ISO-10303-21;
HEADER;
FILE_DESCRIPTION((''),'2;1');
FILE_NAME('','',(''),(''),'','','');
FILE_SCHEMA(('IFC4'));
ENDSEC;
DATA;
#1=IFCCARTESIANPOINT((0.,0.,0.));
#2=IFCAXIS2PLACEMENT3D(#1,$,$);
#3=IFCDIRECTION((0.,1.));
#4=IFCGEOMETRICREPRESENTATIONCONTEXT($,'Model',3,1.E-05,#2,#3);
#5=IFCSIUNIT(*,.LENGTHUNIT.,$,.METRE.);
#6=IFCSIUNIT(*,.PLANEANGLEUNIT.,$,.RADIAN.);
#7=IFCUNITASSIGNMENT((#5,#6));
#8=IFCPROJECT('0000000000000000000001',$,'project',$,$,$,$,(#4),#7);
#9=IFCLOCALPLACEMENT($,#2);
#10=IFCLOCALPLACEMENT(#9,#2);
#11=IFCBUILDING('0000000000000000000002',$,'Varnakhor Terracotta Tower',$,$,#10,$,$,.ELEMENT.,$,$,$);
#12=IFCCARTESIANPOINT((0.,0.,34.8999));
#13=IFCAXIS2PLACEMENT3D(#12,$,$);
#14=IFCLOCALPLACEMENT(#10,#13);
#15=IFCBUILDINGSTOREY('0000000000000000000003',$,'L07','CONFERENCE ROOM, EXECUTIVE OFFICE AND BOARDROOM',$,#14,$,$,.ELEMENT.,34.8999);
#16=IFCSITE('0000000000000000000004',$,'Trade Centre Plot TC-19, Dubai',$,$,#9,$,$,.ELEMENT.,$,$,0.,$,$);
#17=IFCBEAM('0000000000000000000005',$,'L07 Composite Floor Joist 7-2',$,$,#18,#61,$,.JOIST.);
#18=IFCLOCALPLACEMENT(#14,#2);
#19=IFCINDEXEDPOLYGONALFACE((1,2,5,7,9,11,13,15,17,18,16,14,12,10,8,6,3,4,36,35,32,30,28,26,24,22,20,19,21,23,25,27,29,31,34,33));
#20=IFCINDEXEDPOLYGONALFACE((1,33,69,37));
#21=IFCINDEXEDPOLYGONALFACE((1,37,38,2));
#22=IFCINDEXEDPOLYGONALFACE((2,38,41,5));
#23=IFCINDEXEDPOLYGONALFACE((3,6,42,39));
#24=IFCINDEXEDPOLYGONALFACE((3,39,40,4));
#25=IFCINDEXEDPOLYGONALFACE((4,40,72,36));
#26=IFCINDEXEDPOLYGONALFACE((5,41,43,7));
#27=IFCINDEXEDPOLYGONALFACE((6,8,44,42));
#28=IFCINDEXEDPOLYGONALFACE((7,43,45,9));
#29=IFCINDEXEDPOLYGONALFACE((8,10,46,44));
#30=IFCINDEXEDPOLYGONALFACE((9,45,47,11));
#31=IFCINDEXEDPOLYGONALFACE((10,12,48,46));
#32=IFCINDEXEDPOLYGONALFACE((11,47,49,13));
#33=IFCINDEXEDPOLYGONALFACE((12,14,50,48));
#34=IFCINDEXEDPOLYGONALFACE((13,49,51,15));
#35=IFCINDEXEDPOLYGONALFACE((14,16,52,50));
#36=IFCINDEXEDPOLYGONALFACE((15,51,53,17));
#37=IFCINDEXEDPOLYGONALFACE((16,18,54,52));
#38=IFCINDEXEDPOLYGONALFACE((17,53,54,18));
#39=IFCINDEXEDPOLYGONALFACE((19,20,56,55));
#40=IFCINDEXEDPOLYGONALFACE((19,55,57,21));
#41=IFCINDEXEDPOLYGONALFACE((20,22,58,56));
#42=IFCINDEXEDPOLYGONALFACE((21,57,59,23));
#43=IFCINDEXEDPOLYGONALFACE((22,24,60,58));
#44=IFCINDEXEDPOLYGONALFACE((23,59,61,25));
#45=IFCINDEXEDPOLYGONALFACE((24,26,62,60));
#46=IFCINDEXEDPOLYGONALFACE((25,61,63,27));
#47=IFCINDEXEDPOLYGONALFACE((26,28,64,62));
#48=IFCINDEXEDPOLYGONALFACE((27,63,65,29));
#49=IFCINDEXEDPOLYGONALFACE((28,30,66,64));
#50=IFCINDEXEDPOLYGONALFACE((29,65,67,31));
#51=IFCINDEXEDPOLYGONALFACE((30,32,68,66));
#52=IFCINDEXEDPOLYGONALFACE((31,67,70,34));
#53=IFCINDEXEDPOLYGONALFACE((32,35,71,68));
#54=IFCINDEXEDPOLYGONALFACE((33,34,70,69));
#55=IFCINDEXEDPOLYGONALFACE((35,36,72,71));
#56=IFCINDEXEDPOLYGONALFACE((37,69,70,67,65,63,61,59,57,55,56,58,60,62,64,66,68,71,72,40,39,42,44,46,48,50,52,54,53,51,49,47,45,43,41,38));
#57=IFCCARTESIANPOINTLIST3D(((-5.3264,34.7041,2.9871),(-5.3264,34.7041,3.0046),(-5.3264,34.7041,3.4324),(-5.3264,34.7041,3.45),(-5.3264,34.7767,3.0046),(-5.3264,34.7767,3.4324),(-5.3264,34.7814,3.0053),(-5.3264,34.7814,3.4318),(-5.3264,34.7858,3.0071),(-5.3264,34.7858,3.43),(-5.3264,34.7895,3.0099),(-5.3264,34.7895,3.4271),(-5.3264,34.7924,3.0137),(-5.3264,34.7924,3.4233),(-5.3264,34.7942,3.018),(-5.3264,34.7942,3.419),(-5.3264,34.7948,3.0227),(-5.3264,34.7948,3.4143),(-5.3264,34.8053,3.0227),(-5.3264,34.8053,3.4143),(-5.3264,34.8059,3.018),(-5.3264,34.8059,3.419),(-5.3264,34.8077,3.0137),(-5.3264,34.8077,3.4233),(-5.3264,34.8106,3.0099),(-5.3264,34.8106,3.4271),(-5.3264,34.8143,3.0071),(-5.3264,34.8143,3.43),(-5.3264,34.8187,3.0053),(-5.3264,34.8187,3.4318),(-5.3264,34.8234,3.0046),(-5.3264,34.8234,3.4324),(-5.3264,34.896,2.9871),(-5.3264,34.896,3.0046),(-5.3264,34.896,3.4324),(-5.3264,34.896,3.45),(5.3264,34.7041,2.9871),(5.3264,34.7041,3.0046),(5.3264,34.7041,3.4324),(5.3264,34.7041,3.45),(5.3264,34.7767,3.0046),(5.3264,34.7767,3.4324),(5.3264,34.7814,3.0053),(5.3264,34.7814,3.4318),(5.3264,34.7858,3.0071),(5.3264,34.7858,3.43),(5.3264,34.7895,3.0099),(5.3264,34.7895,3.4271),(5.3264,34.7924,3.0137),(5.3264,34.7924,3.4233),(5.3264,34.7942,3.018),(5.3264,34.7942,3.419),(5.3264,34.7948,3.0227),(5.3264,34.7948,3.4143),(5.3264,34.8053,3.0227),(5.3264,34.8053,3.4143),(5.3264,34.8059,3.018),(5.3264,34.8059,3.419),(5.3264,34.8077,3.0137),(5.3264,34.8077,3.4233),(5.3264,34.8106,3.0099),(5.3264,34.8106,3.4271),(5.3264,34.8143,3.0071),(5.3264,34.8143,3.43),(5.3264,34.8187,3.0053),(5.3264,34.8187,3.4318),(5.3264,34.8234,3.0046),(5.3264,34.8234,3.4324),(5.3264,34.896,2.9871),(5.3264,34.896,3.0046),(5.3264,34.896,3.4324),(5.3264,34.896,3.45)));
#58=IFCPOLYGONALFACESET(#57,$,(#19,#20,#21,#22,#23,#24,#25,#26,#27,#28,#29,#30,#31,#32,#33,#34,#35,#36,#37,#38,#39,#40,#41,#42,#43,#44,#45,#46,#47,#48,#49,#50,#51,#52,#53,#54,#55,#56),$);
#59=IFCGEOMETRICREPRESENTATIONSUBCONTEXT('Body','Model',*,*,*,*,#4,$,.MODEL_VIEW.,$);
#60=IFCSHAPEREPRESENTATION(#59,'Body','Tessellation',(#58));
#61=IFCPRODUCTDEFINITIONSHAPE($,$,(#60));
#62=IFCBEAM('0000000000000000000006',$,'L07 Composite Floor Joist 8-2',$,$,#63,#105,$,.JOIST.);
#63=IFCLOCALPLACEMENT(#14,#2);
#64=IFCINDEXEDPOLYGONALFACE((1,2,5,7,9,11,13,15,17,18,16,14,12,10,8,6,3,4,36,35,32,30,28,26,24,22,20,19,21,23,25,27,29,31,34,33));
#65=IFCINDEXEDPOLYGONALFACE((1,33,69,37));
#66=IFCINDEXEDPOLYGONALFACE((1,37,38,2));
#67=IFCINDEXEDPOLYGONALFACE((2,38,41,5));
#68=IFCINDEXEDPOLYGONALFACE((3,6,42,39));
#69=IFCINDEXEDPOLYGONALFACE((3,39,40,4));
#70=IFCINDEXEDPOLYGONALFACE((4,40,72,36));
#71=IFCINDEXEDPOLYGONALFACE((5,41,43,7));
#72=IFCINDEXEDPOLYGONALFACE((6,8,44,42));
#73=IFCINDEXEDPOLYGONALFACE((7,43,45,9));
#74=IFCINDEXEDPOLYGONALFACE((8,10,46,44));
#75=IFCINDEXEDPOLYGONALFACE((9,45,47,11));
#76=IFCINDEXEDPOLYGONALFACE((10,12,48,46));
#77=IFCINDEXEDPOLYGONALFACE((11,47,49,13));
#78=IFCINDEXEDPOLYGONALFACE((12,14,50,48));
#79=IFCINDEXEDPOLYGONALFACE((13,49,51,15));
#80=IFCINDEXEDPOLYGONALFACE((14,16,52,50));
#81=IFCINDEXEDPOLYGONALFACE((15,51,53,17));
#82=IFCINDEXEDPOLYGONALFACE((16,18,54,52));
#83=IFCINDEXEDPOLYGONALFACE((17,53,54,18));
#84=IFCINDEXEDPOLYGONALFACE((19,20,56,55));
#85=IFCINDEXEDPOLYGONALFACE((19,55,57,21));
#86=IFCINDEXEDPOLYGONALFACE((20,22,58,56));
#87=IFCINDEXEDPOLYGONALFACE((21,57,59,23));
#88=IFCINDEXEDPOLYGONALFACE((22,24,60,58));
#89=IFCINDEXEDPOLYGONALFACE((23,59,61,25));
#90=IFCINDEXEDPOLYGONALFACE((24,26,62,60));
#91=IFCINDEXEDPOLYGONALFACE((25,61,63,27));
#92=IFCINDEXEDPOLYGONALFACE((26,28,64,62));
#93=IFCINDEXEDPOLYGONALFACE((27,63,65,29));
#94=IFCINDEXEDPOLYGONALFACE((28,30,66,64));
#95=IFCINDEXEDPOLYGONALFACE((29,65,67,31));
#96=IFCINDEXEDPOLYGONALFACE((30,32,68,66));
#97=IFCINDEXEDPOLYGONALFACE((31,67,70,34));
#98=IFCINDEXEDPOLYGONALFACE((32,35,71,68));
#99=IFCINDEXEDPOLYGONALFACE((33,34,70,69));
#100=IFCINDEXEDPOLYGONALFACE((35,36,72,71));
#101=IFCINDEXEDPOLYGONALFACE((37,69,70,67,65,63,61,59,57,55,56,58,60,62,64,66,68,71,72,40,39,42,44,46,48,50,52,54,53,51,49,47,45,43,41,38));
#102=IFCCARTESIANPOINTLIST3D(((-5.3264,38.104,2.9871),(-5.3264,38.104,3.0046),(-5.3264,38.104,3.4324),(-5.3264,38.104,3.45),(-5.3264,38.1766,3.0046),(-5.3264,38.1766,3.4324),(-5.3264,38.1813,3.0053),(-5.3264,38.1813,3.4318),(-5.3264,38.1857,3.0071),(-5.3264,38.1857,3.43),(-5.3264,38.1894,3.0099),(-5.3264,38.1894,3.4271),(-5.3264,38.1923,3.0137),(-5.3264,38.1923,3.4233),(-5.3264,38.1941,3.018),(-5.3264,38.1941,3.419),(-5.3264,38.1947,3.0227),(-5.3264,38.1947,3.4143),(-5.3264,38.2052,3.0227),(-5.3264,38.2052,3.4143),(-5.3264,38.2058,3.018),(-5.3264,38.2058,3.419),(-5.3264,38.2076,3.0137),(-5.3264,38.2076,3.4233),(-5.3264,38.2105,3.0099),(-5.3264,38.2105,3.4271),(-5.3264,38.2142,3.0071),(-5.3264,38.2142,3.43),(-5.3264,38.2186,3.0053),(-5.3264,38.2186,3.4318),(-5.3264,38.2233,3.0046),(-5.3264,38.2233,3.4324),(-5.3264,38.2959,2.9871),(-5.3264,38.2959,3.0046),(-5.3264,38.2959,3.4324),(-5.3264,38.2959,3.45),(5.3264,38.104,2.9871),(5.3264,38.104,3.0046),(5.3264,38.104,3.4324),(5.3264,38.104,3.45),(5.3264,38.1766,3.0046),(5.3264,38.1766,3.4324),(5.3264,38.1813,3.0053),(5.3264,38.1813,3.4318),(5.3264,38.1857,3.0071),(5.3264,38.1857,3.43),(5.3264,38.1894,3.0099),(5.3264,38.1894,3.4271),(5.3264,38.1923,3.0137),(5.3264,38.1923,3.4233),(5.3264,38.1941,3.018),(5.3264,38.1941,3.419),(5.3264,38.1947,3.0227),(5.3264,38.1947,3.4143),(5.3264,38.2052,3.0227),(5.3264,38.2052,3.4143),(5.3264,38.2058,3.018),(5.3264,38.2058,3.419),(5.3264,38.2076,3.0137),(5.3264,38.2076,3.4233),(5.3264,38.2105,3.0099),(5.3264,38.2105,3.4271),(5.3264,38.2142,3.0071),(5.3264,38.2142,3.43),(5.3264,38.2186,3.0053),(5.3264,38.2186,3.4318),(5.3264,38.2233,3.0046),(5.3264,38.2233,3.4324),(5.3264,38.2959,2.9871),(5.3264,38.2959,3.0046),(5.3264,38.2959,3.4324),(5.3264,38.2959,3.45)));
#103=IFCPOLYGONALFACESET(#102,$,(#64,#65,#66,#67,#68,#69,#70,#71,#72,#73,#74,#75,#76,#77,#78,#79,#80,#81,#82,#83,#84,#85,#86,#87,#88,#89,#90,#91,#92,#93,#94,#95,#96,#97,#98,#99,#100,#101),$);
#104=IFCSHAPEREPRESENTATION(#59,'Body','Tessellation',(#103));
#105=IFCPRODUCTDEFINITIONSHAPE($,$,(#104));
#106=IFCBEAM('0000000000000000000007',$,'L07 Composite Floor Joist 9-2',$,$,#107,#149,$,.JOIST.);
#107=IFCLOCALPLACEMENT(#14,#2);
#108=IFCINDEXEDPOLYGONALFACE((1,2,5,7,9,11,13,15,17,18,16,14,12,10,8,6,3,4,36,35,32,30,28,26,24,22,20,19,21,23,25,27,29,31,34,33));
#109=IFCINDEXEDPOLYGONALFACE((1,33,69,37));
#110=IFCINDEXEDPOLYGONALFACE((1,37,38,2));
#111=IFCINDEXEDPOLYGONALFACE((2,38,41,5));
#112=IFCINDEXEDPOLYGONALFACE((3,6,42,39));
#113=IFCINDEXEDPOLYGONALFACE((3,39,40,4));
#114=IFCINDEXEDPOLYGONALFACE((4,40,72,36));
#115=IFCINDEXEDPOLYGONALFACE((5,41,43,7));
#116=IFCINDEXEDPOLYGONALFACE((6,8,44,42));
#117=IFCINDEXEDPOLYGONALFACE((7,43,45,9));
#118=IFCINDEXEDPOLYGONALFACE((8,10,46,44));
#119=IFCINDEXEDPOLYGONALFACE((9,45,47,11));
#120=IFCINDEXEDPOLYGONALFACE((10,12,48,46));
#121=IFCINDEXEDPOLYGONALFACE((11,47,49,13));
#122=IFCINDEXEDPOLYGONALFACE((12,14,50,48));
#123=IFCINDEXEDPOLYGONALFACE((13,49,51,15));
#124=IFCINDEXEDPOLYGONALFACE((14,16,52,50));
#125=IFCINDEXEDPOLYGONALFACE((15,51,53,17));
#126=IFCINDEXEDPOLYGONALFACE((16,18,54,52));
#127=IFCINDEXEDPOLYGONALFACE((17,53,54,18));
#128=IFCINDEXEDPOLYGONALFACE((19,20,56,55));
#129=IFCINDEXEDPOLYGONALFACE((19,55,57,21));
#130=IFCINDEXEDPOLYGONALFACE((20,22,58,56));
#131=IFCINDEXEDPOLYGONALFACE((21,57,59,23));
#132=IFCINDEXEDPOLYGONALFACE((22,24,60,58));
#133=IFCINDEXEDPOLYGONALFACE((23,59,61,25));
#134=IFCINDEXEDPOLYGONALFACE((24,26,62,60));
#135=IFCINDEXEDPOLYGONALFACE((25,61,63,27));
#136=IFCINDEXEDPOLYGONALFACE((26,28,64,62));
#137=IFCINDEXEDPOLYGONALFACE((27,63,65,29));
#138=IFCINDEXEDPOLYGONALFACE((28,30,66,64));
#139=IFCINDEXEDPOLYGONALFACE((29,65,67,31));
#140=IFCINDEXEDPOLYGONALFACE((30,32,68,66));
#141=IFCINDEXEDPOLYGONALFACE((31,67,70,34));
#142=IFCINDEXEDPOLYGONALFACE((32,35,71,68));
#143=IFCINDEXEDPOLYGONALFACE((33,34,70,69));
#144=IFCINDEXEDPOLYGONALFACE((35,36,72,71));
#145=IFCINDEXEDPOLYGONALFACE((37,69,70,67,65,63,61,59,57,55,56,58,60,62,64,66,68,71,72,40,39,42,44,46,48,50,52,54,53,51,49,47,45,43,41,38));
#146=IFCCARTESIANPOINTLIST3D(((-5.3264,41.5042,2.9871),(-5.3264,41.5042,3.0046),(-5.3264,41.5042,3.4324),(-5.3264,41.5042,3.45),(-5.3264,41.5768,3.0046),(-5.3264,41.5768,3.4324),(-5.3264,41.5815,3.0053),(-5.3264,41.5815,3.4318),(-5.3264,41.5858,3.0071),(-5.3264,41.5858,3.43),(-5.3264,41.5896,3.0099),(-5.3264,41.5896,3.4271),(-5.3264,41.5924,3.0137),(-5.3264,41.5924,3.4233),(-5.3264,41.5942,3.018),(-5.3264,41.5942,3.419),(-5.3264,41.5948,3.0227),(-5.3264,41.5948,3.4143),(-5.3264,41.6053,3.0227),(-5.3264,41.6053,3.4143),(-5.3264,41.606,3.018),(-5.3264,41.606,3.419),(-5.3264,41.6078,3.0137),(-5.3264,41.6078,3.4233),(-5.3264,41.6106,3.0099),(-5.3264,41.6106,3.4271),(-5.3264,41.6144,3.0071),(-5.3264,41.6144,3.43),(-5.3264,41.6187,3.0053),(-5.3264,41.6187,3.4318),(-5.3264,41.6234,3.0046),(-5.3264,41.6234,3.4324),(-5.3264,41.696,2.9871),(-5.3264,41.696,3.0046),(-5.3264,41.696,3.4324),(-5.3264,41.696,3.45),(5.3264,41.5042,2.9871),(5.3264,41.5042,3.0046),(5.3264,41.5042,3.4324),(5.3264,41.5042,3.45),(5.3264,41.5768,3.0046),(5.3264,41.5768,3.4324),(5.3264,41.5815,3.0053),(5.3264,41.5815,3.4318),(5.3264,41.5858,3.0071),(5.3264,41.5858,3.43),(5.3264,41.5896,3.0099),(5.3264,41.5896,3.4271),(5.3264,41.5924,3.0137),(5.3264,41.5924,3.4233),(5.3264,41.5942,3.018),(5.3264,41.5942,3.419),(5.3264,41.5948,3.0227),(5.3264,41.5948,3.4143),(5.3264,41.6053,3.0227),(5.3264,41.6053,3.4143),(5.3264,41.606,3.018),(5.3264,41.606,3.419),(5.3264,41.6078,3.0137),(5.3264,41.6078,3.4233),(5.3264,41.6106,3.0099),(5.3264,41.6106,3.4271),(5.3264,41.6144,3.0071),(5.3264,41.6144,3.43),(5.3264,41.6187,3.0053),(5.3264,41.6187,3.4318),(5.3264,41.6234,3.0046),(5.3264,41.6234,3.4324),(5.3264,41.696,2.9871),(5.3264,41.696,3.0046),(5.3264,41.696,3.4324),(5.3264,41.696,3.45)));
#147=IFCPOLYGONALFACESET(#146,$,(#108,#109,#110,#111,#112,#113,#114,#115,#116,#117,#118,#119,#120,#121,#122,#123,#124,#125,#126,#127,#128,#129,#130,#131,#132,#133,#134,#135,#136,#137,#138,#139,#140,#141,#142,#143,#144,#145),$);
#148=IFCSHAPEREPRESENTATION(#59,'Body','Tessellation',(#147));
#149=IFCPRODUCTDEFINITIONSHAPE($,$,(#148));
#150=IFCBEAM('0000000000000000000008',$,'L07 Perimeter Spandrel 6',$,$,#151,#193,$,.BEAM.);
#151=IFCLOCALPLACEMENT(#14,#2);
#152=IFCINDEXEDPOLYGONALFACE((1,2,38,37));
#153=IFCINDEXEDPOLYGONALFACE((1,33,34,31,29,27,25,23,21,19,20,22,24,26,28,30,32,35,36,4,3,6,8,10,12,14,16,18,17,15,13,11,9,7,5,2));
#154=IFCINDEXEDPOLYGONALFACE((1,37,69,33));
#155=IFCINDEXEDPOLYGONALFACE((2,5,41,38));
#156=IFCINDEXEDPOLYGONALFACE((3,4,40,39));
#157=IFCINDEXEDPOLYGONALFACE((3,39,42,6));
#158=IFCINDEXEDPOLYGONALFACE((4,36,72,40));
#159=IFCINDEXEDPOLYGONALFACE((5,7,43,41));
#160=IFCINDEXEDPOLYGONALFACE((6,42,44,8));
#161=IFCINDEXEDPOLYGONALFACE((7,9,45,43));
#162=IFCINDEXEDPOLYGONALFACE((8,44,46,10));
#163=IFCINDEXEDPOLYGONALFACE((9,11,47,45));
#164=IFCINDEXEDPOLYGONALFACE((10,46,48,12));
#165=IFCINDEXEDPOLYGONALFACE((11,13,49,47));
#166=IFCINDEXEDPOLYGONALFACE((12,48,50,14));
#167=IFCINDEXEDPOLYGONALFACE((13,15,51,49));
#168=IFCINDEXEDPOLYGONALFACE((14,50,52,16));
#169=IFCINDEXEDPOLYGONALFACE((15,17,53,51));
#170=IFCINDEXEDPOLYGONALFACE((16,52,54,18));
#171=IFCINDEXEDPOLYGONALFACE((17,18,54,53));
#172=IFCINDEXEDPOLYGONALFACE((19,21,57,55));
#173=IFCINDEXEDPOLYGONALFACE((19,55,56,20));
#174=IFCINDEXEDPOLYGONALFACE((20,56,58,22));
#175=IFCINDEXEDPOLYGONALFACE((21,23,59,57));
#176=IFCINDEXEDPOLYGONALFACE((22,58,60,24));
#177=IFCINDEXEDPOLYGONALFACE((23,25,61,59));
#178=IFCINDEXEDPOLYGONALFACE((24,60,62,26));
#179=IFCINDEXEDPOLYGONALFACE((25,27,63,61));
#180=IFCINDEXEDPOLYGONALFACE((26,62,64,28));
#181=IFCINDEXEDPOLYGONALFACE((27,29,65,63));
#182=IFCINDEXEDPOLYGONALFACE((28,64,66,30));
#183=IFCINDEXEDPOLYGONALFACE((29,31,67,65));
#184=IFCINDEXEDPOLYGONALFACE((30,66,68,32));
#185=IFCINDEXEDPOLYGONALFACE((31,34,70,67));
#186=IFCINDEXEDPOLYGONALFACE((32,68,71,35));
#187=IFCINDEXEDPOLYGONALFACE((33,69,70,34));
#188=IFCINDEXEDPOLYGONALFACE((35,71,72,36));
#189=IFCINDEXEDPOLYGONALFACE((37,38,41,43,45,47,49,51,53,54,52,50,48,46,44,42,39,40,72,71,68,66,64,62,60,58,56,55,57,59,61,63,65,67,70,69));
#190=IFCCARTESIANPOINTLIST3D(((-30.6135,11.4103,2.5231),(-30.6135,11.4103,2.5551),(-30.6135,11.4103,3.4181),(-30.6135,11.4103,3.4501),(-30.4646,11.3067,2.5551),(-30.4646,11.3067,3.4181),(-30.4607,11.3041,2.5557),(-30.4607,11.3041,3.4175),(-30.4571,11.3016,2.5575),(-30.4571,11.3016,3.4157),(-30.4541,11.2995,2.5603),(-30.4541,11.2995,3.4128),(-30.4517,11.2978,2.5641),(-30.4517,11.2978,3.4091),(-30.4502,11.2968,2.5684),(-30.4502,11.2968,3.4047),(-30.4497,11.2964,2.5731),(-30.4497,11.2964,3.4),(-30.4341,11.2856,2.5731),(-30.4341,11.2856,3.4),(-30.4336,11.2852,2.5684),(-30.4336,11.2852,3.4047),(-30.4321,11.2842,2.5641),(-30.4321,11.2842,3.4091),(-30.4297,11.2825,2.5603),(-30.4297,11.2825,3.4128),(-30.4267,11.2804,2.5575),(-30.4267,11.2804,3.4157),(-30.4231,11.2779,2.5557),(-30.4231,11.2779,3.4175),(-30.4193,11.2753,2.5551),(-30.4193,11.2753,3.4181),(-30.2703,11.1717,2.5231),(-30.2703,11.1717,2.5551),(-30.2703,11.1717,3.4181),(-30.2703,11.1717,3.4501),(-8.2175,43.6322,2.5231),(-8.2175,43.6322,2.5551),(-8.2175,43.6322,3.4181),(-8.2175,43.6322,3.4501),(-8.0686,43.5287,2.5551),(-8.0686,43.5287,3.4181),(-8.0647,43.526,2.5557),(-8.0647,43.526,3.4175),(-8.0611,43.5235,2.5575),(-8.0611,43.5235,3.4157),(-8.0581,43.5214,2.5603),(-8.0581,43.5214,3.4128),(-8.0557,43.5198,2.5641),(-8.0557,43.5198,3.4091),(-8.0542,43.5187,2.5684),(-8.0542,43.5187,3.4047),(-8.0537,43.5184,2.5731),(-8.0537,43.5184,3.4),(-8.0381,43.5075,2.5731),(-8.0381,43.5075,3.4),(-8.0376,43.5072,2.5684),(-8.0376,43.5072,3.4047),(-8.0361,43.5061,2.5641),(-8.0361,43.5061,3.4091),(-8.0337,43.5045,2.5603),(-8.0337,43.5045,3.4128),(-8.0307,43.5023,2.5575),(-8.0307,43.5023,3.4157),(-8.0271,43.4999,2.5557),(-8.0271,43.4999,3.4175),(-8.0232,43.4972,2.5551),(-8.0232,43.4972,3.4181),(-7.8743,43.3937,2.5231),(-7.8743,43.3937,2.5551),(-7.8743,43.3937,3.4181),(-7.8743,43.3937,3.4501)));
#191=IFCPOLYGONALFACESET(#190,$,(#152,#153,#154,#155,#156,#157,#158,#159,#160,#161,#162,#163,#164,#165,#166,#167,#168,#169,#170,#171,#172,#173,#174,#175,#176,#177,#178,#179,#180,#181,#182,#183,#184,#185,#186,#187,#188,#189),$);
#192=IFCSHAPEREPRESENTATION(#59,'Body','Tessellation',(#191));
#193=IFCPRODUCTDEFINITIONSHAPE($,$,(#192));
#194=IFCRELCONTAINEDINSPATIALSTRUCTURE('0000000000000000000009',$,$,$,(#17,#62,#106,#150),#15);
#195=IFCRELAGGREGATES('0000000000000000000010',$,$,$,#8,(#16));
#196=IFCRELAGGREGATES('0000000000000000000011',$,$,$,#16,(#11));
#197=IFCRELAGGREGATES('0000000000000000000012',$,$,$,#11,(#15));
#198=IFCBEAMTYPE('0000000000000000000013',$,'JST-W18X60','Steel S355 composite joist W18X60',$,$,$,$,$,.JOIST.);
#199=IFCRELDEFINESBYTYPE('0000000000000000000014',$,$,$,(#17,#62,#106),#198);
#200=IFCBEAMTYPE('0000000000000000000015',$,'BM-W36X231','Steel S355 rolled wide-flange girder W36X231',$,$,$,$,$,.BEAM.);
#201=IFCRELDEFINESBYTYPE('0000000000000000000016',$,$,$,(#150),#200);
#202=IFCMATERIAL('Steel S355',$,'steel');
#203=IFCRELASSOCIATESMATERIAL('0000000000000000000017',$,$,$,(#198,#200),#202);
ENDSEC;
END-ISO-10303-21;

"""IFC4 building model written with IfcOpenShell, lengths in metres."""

from ifc_helpers import new_model, si_unit, direction, frame, origin, origin_2d, place, context, subcontext, project, spatial, i_section, extrude, source, transform, mapped, material, material_profile, profile_set, type_object, element, save


model = new_model("IFC4")

# Units and contexts
model_context = context("Model", 3, precision=1e-05, world=origin(), true_north=direction((0.0, 1.0)))
body_context = subcontext(model_context, "Body", "Model", "MODEL_VIEW")
ifc_project = project(units=[si_unit("LENGTHUNIT", "METRE"), si_unit("PLANEANGLEUNIT", "RADIAN")], contexts=[model_context])

# Site, building, storey
site_placement = place(None, origin())
site = spatial("IfcSite", under=ifc_project, at=site_placement, Name="Trade Centre Plot TC-19, Dubai", CompositionType="ELEMENT", RefElevation=0.0)
building_placement = place(site_placement, origin())
building = spatial("IfcBuilding", under=site, at=building_placement, Name="Varnakhor Terracotta Tower", CompositionType="ELEMENT")
storey_placement = place(building_placement, frame((0.0, 0.0, 34.8999)))
storey = spatial("IfcBuildingStorey", under=building, at=storey_placement, Name="L07", Description="CONFERENCE ROOM, EXECUTIVE OFFICE AND BOARDROOM", CompositionType="ELEMENT", Elevation=34.8999)

# Beams
ifc_material_1 = material(Name="Steel S355", Category="steel")
ifc_material_profile_1 = material_profile(ifc_material_1, i_section(OverallWidth=0.1919, OverallDepth=0.4629, WebThickness=0.0105, FlangeThickness=0.0176, FilletRadius=0.0181, at=origin_2d()), Name="W18X60")
ifc_profile_set_1 = profile_set([ifc_material_profile_1], Name="Steel S355")
beam_type_1 = type_object("IfcBeamType", Name="JST-W18X60", Description="Steel S355 composite joist W18X60", PredefinedType="JOIST", material=ifc_profile_set_1)
shared_shape_1 = source(origin(), body_context, "Body", "SweptSolid", [
    extrude(i_section(OverallWidth=0.1919, OverallDepth=0.4629, WebThickness=0.0105, FlangeThickness=0.0176, FilletRadius=0.0181, at=origin_2d()), origin(), (0.0, 0.0, 1.0), 10.6528),
])
for number, where, z_axis, x_axis, name in (
    (1, (-5.3264, 34.8, 3.2185), (1.0, 0.0, 0.0), (0.0, 1.0, 0.0), "L07 Composite Floor Joist 7-2"),
    (2, (-5.3264, 38.2, 3.2185), (1.0, 0.0, 0.0), (0.0, 1.0, 0.0), "L07 Composite Floor Joist 8-2"),
    (3, (-5.3264, 41.6001, 3.2185), (1.0, 0.0, 0.0), (0.0, 1.0, 0.0), "L07 Composite Floor Joist 9-2"),
):
    element("IfcBeam", number, at=place(storey_placement, frame(where, z_axis=z_axis, x_axis=x_axis)), inside=storey, type_object=beam_type_1, Name=name, PredefinedType="JOIST", context=body_context, shape_type="MappedRepresentation", body=[
        mapped(shared_shape_1, transform((0.0, 0.0, 0.0), scale=1.0)),
    ])
ifc_material_profile_2 = material_profile(ifc_material_1, i_section(OverallWidth=0.418, OverallDepth=0.927, WebThickness=0.019, FlangeThickness=0.032, FilletRadius=0.0181, at=origin_2d()), Name="W36X231")
ifc_profile_set_2 = profile_set([ifc_material_profile_2], Name="Steel S355")
beam_type_2 = type_object("IfcBeamType", Name="BM-W36X231", Description="Steel S355 rolled wide-flange girder W36X231", PredefinedType="BEAM", material=ifc_profile_set_2)
shared_shape_2 = source(origin(), body_context, "Body", "SweptSolid", [
    extrude(i_section(OverallWidth=0.418, OverallDepth=0.927, WebThickness=0.019, FlangeThickness=0.032, FilletRadius=0.0181, at=origin_2d()), origin(), (0.0, 0.0, 1.0), 39.2407),
])
beam_1_placement = place(storey_placement, frame((-8.0459, 43.5129, 2.9866), z_axis=(-0.570734, -0.821135, 0.0), x_axis=(0.821135, -0.570734, 0.0)))
element("IfcBeam", 4, at=beam_1_placement, inside=storey, type_object=beam_type_2, Name="L07 Perimeter Spandrel 6", PredefinedType="BEAM", context=body_context, shape_type="MappedRepresentation", body=[
    mapped(shared_shape_2, transform((0.0, 0.0, 0.0), scale=1.0)),
])

save(model, "model.ifc")
